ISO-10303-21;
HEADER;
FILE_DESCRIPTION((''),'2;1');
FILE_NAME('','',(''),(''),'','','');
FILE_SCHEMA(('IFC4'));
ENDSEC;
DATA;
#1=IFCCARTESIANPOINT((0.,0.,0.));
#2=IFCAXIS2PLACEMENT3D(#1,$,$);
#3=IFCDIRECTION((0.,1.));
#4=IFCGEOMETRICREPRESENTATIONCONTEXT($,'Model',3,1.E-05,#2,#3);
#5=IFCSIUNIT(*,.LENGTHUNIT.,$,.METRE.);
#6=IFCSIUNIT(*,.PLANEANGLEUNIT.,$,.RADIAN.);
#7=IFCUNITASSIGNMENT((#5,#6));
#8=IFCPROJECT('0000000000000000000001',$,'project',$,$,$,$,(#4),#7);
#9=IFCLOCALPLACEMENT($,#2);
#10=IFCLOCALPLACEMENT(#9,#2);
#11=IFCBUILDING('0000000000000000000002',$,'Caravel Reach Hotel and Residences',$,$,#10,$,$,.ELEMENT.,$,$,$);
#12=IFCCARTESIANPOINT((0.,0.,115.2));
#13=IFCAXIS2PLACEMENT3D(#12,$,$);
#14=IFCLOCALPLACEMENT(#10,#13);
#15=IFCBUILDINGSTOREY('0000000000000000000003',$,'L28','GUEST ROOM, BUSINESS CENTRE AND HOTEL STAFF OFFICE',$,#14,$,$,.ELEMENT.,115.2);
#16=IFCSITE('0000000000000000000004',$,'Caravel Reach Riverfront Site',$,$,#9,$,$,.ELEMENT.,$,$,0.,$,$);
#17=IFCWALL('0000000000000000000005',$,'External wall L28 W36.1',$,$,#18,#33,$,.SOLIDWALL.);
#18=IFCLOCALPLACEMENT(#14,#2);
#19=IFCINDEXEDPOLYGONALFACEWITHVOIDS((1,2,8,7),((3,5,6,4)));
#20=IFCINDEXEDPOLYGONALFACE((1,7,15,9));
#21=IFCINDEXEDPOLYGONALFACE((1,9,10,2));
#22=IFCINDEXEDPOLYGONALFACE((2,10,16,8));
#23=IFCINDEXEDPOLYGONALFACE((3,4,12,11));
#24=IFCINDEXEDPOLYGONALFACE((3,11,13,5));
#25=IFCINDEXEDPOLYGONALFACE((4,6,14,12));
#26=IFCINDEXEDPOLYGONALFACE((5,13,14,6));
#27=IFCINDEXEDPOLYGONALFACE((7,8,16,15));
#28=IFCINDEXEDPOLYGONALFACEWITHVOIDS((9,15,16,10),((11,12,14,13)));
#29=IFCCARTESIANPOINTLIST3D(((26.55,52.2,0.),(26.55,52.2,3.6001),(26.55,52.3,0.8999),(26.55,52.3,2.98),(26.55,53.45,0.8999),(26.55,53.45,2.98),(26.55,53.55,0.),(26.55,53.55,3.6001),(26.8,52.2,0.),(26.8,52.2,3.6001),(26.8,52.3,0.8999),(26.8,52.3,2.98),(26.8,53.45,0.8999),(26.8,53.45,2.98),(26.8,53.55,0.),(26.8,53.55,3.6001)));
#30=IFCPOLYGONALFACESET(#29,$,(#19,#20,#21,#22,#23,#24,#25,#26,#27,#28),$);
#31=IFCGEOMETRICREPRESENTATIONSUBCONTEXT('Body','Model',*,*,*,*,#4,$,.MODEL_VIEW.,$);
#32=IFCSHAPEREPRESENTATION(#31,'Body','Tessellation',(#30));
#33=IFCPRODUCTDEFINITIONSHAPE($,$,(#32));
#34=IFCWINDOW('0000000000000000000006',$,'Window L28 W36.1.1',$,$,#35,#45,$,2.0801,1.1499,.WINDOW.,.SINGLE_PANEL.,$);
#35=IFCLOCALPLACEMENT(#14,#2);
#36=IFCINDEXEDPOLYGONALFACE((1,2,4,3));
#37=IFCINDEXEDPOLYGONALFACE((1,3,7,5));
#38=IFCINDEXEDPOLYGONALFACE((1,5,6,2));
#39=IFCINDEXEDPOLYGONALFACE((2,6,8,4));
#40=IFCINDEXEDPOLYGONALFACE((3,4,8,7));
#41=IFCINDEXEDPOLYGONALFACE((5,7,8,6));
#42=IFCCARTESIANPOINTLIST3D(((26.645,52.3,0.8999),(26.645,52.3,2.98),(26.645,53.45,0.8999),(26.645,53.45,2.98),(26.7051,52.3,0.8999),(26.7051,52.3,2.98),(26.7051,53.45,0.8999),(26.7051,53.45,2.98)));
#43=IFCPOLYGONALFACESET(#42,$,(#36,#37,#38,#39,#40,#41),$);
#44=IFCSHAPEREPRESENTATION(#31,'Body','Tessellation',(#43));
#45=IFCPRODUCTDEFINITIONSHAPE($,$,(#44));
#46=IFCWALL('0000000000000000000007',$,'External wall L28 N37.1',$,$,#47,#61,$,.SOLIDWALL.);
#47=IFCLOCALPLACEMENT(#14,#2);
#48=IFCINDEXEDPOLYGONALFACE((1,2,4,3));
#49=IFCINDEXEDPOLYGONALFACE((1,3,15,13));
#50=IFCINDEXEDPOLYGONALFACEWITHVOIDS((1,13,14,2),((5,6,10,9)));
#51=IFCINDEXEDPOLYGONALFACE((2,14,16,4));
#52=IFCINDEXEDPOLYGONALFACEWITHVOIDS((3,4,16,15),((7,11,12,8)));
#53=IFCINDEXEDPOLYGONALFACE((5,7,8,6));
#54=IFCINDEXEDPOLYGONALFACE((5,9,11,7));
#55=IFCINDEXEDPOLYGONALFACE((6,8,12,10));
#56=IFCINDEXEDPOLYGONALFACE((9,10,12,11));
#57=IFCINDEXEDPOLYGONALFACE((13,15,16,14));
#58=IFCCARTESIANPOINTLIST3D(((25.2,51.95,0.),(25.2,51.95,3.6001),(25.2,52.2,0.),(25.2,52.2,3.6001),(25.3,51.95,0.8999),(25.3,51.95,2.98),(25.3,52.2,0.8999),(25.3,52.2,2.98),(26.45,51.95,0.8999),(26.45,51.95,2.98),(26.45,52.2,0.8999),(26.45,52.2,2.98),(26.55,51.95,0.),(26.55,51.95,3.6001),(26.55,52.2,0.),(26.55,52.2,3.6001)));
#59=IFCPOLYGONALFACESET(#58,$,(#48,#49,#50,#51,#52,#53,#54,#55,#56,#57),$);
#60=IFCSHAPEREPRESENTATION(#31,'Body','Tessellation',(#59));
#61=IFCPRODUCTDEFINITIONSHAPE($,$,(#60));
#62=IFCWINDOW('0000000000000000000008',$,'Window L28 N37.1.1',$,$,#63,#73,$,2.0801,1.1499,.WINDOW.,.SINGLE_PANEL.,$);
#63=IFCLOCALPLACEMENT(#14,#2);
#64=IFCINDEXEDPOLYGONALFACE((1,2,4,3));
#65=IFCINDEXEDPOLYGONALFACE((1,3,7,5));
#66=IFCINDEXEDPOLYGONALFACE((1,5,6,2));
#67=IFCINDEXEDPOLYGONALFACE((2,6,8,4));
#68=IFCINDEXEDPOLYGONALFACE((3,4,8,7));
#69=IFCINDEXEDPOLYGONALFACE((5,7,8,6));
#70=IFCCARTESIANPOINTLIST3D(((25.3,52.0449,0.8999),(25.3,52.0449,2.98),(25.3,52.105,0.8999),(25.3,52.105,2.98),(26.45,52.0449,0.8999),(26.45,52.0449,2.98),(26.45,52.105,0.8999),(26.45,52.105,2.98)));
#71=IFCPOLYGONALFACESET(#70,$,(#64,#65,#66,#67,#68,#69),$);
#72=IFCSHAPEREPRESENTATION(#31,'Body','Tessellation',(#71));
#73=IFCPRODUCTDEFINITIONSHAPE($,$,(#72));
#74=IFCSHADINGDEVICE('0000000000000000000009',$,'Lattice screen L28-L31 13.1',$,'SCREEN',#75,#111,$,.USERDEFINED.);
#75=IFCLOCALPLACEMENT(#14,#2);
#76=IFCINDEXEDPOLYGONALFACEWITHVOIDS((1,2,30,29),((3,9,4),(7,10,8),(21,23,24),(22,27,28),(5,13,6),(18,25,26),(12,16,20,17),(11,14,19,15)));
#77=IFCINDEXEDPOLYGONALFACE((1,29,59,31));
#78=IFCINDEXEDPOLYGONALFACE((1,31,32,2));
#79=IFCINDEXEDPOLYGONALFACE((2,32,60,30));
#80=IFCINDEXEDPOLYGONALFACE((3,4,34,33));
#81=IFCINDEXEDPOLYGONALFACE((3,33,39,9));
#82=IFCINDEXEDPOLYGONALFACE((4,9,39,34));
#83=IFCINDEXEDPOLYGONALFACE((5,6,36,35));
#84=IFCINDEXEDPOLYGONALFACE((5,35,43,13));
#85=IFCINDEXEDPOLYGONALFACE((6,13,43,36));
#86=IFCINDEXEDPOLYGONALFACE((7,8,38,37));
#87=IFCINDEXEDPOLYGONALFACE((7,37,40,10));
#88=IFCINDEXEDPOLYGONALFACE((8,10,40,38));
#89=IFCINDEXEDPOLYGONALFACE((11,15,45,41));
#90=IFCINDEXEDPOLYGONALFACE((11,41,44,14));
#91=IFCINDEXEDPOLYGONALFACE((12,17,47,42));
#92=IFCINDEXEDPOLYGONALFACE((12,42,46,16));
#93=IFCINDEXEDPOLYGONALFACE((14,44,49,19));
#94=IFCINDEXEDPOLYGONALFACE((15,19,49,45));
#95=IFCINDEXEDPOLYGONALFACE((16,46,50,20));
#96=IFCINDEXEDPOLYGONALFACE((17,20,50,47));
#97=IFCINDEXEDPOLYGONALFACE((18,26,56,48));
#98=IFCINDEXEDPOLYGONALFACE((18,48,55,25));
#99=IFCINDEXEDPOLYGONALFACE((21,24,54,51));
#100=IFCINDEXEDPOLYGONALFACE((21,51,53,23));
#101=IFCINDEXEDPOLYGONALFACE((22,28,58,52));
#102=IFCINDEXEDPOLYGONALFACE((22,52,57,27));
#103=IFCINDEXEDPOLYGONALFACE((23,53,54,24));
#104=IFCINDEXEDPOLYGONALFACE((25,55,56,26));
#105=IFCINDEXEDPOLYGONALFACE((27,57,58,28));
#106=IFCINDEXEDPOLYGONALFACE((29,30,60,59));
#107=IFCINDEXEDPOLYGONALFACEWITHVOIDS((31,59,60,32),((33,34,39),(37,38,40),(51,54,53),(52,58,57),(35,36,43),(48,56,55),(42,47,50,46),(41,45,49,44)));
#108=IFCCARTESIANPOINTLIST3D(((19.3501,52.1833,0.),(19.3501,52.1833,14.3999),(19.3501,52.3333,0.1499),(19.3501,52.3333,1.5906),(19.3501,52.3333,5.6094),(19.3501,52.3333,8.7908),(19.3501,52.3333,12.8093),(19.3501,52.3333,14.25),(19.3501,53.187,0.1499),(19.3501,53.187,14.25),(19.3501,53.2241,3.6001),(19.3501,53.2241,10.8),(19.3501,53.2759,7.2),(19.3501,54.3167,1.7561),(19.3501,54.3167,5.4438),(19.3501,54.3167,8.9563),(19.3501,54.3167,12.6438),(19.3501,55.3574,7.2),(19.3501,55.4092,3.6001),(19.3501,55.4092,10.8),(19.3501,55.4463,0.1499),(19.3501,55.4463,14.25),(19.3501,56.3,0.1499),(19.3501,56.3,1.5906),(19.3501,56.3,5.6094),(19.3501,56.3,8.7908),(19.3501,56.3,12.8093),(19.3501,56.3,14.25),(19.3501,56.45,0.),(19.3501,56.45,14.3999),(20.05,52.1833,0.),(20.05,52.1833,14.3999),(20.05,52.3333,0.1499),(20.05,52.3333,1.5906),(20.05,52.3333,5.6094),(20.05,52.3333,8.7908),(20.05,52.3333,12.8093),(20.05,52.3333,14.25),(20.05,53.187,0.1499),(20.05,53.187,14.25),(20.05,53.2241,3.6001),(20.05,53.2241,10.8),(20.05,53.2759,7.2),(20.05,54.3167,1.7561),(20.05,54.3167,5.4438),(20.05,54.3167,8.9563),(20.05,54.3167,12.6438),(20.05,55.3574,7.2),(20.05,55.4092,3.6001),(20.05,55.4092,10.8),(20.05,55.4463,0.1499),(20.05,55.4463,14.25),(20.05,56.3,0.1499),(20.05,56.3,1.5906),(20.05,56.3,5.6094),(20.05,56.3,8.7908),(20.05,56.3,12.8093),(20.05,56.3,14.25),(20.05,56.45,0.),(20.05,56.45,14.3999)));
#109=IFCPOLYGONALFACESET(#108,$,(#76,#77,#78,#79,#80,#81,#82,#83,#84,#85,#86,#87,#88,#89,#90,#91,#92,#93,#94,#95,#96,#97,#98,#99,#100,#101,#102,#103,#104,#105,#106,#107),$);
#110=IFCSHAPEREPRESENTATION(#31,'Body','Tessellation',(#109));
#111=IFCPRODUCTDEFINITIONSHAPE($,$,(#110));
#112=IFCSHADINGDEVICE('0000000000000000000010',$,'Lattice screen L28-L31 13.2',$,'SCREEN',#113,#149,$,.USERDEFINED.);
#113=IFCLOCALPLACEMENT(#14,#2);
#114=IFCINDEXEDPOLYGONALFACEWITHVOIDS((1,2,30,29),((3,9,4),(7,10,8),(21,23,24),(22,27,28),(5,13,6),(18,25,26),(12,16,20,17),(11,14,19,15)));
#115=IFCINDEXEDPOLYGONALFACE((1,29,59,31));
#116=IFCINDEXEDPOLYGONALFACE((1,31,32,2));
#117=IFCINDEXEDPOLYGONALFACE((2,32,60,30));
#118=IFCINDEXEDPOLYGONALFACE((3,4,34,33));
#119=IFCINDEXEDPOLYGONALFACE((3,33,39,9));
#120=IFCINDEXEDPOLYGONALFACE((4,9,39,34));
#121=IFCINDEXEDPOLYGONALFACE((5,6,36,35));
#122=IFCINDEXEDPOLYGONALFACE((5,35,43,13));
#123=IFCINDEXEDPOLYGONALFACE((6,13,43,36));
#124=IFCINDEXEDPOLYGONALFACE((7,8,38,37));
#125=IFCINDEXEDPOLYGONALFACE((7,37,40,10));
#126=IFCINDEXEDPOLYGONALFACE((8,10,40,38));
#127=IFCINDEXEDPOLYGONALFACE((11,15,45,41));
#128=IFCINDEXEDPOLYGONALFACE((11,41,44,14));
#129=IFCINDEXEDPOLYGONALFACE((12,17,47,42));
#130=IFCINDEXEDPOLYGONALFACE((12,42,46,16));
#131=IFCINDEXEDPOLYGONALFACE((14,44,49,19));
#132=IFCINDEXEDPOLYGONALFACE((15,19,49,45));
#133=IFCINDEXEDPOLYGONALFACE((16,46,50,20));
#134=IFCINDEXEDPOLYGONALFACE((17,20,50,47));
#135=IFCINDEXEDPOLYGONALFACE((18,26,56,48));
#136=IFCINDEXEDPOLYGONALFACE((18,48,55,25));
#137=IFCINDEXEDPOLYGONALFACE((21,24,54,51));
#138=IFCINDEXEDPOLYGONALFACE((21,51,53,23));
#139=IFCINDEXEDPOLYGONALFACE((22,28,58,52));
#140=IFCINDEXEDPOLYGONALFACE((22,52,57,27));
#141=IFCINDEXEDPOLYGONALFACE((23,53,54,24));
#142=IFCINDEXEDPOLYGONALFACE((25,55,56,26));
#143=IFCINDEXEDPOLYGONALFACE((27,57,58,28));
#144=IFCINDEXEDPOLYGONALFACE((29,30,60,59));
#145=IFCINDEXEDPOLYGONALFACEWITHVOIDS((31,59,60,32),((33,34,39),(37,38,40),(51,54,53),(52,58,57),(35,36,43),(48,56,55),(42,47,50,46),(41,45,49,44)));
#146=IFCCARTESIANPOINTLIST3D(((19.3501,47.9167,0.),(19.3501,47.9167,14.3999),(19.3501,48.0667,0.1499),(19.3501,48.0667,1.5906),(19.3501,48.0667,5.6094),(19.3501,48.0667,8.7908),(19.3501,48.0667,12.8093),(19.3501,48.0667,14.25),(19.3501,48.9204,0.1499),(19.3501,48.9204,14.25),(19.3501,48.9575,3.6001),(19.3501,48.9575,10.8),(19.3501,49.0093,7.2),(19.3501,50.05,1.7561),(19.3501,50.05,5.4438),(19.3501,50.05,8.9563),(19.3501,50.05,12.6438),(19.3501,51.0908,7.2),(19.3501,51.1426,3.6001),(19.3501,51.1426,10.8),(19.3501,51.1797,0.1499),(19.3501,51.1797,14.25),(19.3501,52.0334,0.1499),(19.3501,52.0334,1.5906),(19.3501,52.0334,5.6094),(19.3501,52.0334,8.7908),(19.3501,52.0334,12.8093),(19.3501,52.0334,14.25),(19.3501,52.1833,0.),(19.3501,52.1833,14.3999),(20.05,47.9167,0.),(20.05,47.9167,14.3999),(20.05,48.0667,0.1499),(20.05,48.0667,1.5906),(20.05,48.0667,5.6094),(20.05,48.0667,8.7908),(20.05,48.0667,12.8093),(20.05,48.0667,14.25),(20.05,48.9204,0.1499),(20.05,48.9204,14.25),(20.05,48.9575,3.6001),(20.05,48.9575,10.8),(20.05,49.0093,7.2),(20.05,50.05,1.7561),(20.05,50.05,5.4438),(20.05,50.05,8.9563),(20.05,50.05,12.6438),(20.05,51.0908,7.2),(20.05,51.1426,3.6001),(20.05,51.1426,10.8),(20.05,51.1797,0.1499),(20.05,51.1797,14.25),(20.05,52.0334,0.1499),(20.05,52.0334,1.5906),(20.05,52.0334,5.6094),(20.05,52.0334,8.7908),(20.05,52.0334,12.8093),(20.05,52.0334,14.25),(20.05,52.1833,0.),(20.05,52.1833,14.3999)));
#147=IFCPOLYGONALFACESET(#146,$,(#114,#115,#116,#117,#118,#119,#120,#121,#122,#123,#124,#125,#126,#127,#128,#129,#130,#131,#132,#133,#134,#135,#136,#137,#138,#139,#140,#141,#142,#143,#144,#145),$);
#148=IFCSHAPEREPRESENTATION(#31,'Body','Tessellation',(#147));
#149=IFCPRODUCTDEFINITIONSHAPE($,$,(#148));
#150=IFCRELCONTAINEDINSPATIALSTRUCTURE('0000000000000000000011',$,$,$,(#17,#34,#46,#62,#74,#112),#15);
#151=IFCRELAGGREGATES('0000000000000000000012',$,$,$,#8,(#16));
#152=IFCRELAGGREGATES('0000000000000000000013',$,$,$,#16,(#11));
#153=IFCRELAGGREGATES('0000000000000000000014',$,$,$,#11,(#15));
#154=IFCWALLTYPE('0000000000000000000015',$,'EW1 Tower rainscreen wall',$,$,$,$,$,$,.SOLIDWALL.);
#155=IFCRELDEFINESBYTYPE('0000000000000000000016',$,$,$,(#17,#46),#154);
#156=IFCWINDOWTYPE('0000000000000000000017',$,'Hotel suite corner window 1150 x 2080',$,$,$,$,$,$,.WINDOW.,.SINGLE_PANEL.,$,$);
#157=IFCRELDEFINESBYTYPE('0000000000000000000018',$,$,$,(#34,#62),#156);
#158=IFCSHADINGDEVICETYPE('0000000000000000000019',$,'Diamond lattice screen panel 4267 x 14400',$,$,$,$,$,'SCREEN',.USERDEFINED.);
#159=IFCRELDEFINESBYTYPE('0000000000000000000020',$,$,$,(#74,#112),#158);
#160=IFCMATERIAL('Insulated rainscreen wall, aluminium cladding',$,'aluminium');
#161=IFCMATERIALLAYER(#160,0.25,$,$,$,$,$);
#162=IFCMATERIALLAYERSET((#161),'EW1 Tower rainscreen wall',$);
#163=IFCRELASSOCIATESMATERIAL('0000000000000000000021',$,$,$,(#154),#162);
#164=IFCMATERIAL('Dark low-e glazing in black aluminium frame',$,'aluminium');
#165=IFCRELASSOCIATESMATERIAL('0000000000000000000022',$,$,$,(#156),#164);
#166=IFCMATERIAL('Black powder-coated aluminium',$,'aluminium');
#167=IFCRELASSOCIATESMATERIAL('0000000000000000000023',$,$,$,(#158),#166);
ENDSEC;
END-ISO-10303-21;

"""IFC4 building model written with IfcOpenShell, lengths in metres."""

from ifc_helpers import new_model, si_unit, direction, frame, frame_2d, origin, place, context, subcontext, project, spatial, polyline, rectangle, outline, extrude, material, layer, layer_set, type_object, element, fill, save


model = new_model("IFC4")

# Units and contexts
model_context = context("Model", 3, precision=1e-05, world=origin(), true_north=direction((0.0, 1.0)))
body_context = subcontext(model_context, "Body", "Model", "MODEL_VIEW")
ifc_project = project(units=[si_unit("LENGTHUNIT", "METRE"), si_unit("PLANEANGLEUNIT", "RADIAN")], contexts=[model_context])

# Site, building, storey
site_placement = place(None, origin())
site = spatial("IfcSite", under=ifc_project, at=site_placement, Name="Caravel Reach Riverfront Site", CompositionType="ELEMENT", RefElevation=0.0)
building_placement = place(site_placement, origin())
building = spatial("IfcBuilding", under=site, at=building_placement, Name="Caravel Reach Hotel and Residences", CompositionType="ELEMENT")
storey_placement = place(building_placement, frame((0.0, 0.0, 115.2)))
storey = spatial("IfcBuildingStorey", under=building, at=storey_placement, Name="L28", Description="GUEST ROOM, BUSINESS CENTRE AND HOTEL STAFF OFFICE", CompositionType="ELEMENT", Elevation=115.2)

# Walls, openings, windows
ifc_material_1 = material(Name="Insulated rainscreen wall, aluminium cladding", Category="aluminium")
ifc_layer = layer(ifc_material_1, 0.25)
ifc_layer_set = layer_set([ifc_layer], Name="EW1 Tower rainscreen wall")
wall_type = type_object("IfcWallType", Name="EW1 Tower rainscreen wall", PredefinedType="SOLIDWALL", material=ifc_layer_set)
wall_1_placement = place(storey_placement, frame((26.675, 53.55, 0.0), z_axis=(0.0, 0.0, 1.0), x_axis=(0.0, -1.0, 0.0)))
wall_1 = element("IfcWall", 1, at=wall_1_placement, inside=storey, type_object=wall_type, Name="External wall L28 W36.1", PredefinedType="SOLIDWALL", context=body_context, shape_type="SweptSolid", body=[
    extrude(rectangle(XDim=1.3501, YDim=0.25, at=frame_2d((0.675, 0.0))), origin(), (0.0, 0.0, 1.0), 3.6001),
])
opening_1_placement = place(wall_1_placement, frame((0.1001, 0.0, 0.8999)))
opening_1 = element("IfcOpeningElement", 2, at=opening_1_placement, cuts=wall_1, PredefinedType="OPENING", context=body_context, shape_type="SweptSolid", body=[
    extrude(rectangle(XDim=1.1499, YDim=2.0801, at=frame_2d((0.575, 1.04))), frame((0.0, 0.135, 0.0), z_axis=(0.0, -1.0, 0.0), x_axis=(1.0, 0.0, 0.0)), (0.0, 0.0, 1.0), 0.27),
])
ifc_material_2 = material(Name="Dark low-e glazing in black aluminium frame", Category="aluminium")
window_type = type_object("IfcWindowType", Name="Hotel suite corner window 1150 x 2080", PartitioningType="SINGLE_PANEL", PredefinedType="WINDOW", material=ifc_material_2)
window_1_placement = place(opening_1_placement, origin())
window_1 = element("IfcWindow", 3, at=window_1_placement, inside=storey, type_object=window_type, Name="Window L28 W36.1.1", OverallHeight=2.0801, OverallWidth=1.1499, PartitioningType="SINGLE_PANEL", PredefinedType="WINDOW", context=body_context, shape_type="SweptSolid", body=[
    extrude(rectangle(XDim=1.1499, YDim=2.0801, at=frame_2d((0.575, 1.04))), frame((0.0, 0.03, 0.0), z_axis=(0.0, -1.0, 0.0), x_axis=(1.0, 0.0, 0.0)), (0.0, 0.0, 1.0), 0.0601),
])
fill(opening_1, window_1)
wall_2_placement = place(storey_placement, frame((26.55, 52.075, 0.0), z_axis=(0.0, 0.0, 1.0), x_axis=(-1.0, 0.0, 0.0)))
wall_2 = element("IfcWall", 4, at=wall_2_placement, inside=storey, type_object=wall_type, Name="External wall L28 N37.1", PredefinedType="SOLIDWALL", context=body_context, shape_type="SweptSolid", body=[
    extrude(rectangle(XDim=1.3501, YDim=0.25, at=frame_2d((0.675, 0.0))), origin(), (0.0, 0.0, 1.0), 3.6001),
])
opening_2_placement = place(wall_2_placement, frame((0.1001, 0.0, 0.8999)))
opening_2 = element("IfcOpeningElement", 5, at=opening_2_placement, cuts=wall_2, PredefinedType="OPENING", context=body_context, shape_type="SweptSolid", body=[
    extrude(rectangle(XDim=1.1499, YDim=2.0801, at=frame_2d((0.575, 1.04))), frame((0.0, 0.135, 0.0), z_axis=(0.0, -1.0, 0.0), x_axis=(1.0, 0.0, 0.0)), (0.0, 0.0, 1.0), 0.27),
])
window_2_placement = place(opening_2_placement, origin())
window_2 = element("IfcWindow", 6, at=window_2_placement, inside=storey, type_object=window_type, Name="Window L28 N37.1.1", OverallHeight=2.0801, OverallWidth=1.1499, PartitioningType="SINGLE_PANEL", PredefinedType="WINDOW", context=body_context, shape_type="SweptSolid", body=[
    extrude(rectangle(XDim=1.1499, YDim=2.0801, at=frame_2d((0.575, 1.04))), frame((0.0, 0.03, 0.0), z_axis=(0.0, -1.0, 0.0), x_axis=(1.0, 0.0, 0.0)), (0.0, 0.0, 1.0), 0.0601),
])
fill(opening_2, window_2)

# Shading devices
ifc_material_3 = material(Name="Black powder-coated aluminium", Category="aluminium")
shading_device_type_1 = type_object("IfcShadingDeviceType", Name="Diamond lattice screen panel 4267 x 14400", ElementType="SCREEN", PredefinedType="USERDEFINED", material=ifc_material_3)
for number, where, z_axis, x_axis, name in (
    (7, (20.05, 56.45, 0.0), (-1.0, 0.0, 0.0), (0.0, -1.0, 0.0), "Lattice screen L28-L31 13.1"),
    (8, (20.05, 52.1833, 0.0), (-1.0, 0.0, 0.0), (0.0, -1.0, 0.0), "Lattice screen L28-L31 13.2"),
):
    element("IfcShadingDevice", number, at=place(storey_placement, frame(where, z_axis=z_axis, x_axis=x_axis)), inside=storey, type_object=shading_device_type_1, Name=name, ObjectType="SCREEN", PredefinedType="USERDEFINED", context=body_context, shape_type="SweptSolid", body=[
        extrude(outline(polyline([(0.0, 0.0), (4.2666, 0.0), (4.2666, 14.3999), (0.0, 14.3999), (0.0, 0.0)]), holes=[polyline([(1.0037, 0.1499), (0.1499, 1.5906), (0.1499, 0.1499), (1.0037, 0.1499)]), polyline([(1.0925, 7.2), (0.1499, 8.7908), (0.1499, 5.6094), (1.0925, 7.2)]), polyline([(0.1499, 12.8093), (1.0037, 14.25), (0.1499, 14.25), (0.1499, 12.8093)]), polyline([(2.1333, 5.4438), (1.0408, 3.6001), (2.1333, 1.7561), (3.2258, 3.6001), (2.1333, 5.4438)]), polyline([(2.1333, 12.6438), (1.0408, 10.8), (2.1333, 8.9563), (3.2258, 10.8), (2.1333, 12.6438)]), polyline([(4.1167, 1.5906), (3.2629, 0.1499), (4.1167, 0.1499), (4.1167, 1.5906)]), polyline([(3.1741, 7.2), (4.1167, 5.6094), (4.1167, 8.7908), (3.1741, 7.2)]), polyline([(3.2629, 14.25), (4.1167, 12.8093), (4.1167, 14.25), (3.2629, 14.25)])]), origin(), (0.0, 0.0, 1.0), 0.7),
    ])

save(model, "model.ifc")
